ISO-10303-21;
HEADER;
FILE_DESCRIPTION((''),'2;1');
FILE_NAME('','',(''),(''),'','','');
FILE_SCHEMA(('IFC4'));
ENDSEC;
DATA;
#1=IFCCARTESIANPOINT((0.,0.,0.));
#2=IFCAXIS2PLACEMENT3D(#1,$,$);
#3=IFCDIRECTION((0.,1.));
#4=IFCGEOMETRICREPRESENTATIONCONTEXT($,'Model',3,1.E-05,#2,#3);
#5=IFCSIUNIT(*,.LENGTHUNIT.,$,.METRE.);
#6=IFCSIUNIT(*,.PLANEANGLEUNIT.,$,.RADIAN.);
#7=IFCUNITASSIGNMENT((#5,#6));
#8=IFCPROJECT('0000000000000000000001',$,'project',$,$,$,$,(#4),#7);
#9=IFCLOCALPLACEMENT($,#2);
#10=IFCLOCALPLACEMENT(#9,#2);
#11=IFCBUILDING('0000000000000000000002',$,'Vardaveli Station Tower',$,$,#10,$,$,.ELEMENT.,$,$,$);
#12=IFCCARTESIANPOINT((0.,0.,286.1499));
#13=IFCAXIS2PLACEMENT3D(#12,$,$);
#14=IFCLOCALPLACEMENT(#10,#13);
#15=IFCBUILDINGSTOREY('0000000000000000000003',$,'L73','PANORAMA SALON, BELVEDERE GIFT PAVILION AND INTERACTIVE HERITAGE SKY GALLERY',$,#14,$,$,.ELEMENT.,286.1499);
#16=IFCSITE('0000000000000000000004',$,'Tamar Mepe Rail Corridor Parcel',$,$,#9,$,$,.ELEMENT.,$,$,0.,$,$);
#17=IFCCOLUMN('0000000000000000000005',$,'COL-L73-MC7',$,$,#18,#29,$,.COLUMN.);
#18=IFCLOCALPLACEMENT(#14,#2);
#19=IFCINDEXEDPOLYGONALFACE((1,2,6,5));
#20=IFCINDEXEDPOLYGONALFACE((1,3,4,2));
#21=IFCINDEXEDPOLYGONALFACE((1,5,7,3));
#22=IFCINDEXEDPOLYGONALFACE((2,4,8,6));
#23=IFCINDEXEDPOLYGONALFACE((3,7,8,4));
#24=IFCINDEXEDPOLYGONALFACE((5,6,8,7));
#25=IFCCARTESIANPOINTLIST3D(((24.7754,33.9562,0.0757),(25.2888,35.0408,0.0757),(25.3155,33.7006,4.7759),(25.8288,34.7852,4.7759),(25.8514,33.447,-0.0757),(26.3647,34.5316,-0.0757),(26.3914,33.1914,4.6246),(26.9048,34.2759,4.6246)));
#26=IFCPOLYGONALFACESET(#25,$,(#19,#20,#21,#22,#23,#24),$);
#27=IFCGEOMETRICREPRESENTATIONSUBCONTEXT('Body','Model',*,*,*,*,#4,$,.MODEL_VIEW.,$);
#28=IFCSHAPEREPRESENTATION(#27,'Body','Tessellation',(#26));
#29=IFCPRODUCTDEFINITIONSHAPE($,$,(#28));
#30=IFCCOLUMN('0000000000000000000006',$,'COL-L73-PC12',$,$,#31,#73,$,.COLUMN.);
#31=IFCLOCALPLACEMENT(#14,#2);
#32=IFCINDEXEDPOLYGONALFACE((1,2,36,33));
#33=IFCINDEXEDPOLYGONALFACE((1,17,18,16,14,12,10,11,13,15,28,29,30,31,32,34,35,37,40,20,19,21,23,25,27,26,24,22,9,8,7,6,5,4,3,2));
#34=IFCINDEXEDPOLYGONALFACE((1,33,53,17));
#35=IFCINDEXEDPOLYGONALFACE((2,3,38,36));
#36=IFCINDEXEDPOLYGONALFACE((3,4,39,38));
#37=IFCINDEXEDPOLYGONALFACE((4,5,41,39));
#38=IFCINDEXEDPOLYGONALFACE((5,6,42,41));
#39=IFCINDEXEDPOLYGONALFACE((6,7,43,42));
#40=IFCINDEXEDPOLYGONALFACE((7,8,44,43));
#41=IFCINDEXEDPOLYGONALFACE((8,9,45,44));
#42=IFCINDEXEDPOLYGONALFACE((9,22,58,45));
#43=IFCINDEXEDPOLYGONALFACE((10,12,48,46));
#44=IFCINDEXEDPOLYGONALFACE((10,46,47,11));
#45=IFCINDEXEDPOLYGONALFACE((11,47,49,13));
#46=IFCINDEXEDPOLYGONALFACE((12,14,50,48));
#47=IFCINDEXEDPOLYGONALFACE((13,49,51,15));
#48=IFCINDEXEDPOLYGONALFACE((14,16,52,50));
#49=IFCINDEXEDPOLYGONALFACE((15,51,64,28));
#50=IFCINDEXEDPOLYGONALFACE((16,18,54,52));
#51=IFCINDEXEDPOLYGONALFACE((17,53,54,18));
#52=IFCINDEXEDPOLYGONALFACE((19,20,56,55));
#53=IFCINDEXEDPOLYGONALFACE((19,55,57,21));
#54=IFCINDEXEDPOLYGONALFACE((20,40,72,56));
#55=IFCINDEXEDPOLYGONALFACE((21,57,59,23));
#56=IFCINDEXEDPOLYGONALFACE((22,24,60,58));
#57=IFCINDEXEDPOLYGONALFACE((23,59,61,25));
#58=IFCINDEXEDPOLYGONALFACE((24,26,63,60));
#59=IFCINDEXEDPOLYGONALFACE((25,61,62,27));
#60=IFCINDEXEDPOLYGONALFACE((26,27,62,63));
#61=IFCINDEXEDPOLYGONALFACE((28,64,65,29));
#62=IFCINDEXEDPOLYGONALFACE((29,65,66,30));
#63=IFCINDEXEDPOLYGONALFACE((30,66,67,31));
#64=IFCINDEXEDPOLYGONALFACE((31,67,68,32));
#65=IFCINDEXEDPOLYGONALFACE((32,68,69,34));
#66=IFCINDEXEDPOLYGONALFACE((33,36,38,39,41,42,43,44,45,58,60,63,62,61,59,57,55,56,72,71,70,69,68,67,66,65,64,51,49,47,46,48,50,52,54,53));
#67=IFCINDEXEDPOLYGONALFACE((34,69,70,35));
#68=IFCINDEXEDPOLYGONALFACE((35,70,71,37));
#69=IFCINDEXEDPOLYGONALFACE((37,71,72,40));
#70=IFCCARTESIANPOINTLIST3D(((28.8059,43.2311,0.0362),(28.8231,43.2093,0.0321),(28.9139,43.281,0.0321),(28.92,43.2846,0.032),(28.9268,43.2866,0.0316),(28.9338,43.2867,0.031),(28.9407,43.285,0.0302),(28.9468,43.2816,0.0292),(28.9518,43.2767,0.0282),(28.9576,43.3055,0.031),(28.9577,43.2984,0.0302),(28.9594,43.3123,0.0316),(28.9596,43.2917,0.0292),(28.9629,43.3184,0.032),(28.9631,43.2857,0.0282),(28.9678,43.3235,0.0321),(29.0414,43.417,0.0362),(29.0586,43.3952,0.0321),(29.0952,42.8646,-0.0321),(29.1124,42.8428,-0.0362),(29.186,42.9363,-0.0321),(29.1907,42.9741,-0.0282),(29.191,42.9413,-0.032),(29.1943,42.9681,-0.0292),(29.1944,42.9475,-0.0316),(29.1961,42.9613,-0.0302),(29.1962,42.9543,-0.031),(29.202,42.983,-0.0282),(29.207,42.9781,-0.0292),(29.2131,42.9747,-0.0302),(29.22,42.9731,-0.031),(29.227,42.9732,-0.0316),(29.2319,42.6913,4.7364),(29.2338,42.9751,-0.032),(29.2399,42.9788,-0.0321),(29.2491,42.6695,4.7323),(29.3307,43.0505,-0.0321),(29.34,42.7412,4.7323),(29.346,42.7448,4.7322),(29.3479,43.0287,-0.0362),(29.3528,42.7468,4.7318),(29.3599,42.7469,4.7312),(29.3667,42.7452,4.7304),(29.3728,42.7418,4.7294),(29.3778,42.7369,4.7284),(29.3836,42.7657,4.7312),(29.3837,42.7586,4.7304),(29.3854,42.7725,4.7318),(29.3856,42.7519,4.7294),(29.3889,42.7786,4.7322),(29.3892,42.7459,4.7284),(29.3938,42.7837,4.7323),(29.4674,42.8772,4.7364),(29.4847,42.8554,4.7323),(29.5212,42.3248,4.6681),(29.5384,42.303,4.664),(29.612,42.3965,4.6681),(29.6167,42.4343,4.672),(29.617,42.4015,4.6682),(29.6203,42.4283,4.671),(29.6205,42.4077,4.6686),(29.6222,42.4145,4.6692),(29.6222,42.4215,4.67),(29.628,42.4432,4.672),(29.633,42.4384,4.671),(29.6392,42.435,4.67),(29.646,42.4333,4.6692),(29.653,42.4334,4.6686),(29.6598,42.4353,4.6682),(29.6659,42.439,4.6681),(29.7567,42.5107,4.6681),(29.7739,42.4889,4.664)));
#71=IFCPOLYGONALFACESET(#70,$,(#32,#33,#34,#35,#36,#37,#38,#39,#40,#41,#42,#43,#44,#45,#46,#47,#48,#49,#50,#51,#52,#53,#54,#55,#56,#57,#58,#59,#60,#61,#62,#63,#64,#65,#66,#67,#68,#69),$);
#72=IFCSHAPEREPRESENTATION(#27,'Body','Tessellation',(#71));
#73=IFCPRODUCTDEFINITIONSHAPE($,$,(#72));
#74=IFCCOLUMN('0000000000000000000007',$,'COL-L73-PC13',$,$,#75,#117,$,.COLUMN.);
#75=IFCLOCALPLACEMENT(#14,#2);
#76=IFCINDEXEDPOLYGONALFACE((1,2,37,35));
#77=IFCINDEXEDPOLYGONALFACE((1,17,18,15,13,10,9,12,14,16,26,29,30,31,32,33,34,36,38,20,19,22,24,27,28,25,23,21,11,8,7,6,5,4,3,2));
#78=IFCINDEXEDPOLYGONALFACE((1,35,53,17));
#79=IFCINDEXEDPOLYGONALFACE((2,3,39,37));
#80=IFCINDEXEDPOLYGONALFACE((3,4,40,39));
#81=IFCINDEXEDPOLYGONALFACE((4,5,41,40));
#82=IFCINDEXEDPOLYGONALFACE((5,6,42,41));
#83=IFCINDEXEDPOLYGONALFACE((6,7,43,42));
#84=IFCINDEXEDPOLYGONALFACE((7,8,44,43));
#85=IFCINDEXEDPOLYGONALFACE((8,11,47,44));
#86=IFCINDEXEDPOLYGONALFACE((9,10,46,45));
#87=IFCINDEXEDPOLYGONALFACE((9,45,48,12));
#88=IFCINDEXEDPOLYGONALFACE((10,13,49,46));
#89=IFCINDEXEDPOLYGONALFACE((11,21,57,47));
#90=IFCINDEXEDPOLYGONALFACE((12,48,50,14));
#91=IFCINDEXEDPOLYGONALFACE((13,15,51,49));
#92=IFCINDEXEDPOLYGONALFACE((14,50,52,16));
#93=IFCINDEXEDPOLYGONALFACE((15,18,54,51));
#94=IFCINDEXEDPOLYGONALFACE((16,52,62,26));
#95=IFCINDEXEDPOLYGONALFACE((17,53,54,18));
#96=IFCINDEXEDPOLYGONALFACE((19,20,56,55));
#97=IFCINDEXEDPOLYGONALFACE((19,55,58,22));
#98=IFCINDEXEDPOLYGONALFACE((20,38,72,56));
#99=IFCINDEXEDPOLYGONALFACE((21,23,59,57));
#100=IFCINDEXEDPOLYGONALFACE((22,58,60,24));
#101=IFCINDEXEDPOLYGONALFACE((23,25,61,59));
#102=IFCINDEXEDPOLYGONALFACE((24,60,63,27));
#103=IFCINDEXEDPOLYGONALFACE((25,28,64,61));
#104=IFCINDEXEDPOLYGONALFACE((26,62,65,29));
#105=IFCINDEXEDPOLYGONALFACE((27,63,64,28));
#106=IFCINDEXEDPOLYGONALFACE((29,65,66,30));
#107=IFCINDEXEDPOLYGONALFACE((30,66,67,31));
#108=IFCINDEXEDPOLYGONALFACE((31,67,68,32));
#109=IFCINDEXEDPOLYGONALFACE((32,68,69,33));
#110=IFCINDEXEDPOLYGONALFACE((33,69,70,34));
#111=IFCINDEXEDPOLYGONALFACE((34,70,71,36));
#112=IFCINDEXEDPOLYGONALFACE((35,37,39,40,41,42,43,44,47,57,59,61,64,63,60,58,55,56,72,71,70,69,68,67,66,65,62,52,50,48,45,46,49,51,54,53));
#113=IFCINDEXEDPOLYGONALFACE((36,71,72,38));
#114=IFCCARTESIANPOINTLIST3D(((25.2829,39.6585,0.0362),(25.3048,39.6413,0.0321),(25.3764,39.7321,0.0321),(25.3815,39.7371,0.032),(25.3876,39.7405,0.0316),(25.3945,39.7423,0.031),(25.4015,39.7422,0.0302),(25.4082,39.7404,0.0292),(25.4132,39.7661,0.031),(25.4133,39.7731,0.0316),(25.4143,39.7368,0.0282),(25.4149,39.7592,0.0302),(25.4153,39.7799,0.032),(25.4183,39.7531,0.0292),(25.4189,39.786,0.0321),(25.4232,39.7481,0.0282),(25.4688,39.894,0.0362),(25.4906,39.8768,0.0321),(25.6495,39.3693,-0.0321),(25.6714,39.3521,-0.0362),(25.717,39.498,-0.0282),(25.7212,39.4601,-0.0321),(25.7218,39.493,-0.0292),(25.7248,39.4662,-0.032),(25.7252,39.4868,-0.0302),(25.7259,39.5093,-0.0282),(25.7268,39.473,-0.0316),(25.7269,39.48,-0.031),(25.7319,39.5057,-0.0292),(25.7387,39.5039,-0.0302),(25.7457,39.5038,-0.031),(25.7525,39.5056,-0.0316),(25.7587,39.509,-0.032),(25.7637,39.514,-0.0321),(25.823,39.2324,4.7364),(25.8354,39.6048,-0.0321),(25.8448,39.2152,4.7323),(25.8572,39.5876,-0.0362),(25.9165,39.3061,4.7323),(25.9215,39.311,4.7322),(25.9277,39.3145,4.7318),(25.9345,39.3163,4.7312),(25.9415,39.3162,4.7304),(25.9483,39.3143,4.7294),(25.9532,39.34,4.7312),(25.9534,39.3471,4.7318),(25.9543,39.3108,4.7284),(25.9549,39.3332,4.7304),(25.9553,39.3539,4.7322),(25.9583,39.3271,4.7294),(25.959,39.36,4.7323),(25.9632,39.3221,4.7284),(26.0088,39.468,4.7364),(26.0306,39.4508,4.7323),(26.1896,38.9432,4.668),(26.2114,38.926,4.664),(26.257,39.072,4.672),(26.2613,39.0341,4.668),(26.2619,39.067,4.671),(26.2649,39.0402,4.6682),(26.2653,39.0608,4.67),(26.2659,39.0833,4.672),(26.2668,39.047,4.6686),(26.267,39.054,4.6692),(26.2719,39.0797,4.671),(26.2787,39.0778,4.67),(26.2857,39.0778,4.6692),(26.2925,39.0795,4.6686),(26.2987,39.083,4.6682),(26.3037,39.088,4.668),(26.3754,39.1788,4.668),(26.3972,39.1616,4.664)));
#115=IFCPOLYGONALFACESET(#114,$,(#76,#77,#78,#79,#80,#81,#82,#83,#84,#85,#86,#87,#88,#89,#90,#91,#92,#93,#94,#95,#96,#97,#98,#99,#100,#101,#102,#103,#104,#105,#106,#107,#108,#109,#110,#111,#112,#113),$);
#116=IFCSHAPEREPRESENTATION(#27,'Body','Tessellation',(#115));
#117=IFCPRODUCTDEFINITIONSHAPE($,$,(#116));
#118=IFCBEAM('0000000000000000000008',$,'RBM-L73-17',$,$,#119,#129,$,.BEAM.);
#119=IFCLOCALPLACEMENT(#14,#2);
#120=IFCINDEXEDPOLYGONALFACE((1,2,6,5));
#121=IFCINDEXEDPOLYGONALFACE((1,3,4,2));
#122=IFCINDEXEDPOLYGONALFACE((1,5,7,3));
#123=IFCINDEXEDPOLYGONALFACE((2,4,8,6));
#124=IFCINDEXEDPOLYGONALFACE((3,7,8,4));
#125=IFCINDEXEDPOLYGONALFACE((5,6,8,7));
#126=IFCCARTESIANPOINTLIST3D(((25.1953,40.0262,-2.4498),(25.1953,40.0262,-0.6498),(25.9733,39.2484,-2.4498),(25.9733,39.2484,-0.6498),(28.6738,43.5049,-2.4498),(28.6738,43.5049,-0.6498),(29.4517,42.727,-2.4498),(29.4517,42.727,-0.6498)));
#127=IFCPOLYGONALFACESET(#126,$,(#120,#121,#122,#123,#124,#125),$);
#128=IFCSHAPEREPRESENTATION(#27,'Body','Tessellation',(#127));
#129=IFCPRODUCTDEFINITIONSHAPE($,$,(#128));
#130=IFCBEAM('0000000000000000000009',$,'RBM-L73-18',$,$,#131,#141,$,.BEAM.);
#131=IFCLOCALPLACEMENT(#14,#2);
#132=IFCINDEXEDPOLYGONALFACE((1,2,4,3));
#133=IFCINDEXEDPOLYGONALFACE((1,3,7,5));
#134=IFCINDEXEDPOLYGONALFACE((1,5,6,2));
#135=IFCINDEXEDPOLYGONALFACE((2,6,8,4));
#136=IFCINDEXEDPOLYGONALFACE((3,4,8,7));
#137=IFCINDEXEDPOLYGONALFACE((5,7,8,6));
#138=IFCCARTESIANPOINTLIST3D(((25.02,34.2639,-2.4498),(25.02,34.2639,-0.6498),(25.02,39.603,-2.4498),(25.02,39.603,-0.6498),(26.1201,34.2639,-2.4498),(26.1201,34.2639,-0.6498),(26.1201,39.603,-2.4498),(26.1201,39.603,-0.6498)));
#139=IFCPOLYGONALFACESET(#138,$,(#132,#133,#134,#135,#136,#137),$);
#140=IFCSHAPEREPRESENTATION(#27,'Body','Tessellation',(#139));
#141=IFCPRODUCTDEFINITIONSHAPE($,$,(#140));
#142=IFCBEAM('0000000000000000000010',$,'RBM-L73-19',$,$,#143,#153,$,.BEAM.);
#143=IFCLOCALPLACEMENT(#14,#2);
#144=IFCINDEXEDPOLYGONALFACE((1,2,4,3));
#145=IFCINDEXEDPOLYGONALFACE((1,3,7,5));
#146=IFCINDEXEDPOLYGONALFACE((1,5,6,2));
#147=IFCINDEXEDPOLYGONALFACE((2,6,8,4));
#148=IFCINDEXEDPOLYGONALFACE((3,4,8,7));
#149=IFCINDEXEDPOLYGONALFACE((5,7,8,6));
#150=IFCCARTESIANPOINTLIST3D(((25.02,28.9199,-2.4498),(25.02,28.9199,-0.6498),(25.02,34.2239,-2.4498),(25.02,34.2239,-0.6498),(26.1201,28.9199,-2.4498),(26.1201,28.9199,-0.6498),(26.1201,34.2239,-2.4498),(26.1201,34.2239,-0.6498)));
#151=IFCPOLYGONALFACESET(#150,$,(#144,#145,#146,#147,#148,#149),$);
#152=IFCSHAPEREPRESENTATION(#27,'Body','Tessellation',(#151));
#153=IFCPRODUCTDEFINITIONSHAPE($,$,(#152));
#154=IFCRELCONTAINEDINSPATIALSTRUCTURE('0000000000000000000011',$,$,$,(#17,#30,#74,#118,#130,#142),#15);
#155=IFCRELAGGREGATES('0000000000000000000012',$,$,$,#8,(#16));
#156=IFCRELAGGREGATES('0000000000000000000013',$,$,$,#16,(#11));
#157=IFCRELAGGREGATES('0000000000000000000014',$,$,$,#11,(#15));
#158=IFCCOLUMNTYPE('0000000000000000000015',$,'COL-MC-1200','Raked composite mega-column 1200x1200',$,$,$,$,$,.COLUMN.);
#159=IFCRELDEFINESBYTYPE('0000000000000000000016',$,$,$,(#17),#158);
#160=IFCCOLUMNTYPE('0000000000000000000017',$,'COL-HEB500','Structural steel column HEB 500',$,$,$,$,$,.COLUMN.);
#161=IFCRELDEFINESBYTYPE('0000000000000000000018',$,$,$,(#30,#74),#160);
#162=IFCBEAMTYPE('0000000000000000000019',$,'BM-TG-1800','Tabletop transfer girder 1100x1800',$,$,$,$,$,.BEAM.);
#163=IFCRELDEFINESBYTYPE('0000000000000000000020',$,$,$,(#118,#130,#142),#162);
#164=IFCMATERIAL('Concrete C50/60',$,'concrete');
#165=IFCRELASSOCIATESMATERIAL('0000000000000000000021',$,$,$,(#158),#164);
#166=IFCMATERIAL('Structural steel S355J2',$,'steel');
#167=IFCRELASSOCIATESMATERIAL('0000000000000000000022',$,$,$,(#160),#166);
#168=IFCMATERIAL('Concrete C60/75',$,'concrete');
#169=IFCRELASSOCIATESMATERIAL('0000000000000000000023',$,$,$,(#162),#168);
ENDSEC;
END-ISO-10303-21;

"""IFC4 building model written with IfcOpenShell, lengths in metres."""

from ifc_helpers import new_model, si_unit, direction, frame, origin, origin_2d, place, context, subcontext, project, spatial, rectangle, i_section, extrude, source, transform, mapped, material, material_profile, profile_set, type_object, element, save


model = new_model("IFC4")

# Units and contexts
model_context = context("Model", 3, precision=1e-05, world=origin(), true_north=direction((0.0, 1.0)))
body_context = subcontext(model_context, "Body", "Model", "MODEL_VIEW")
ifc_project = project(units=[si_unit("LENGTHUNIT", "METRE"), si_unit("PLANEANGLEUNIT", "RADIAN")], contexts=[model_context])

# Site, building, storey
site_placement = place(None, origin())
site = spatial("IfcSite", under=ifc_project, at=site_placement, Name="Tamar Mepe Rail Corridor Parcel", CompositionType="ELEMENT", RefElevation=0.0)
building_placement = place(site_placement, origin())
building = spatial("IfcBuilding", under=site, at=building_placement, Name="Vardaveli Station Tower", CompositionType="ELEMENT")
storey_placement = place(building_placement, frame((0.0, 0.0, 286.1499)))
storey = spatial("IfcBuildingStorey", under=building, at=storey_placement, Name="L73", Description="PANORAMA SALON, BELVEDERE GIFT PAVILION AND INTERACTIVE HERITAGE SKY GALLERY", CompositionType="ELEMENT", Elevation=286.1499)

# Columns
ifc_material_1 = material(Name="Concrete C50/60", Category="concrete")
ifc_material_profile_1 = material_profile(ifc_material_1, rectangle(XDim=1.2, YDim=1.2, at=origin_2d()), Name="MC 1200x1200")
ifc_profile_set_1 = profile_set([ifc_material_profile_1], Name="Concrete C50/60")
column_type_1 = type_object("IfcColumnType", Name="COL-MC-1200", Description="Raked composite mega-column 1200x1200", PredefinedType="COLUMN", material=ifc_profile_set_1)
shared_shape_1 = source(origin(), body_context, "Body", "SweptSolid", [
    extrude(rectangle(XDim=1.2, YDim=1.2, at=origin_2d()), origin(), (0.0, 0.0, 1.0), 4.738),
])
column_placement = place(storey_placement, frame((25.5701, 34.2439, 0.0), z_axis=(0.11398, -0.05395, 0.992017), x_axis=(0.427823, 0.903863, 0.0)))
element("IfcColumn", 1, at=column_placement, inside=storey, type_object=column_type_1, Name="COL-L73-MC7", PredefinedType="COLUMN", context=body_context, shape_type="MappedRepresentation", body=[
    mapped(shared_shape_1, transform((0.0, 0.0, 0.0), scale=1.0)),
])
ifc_material_2 = material(Name="Structural steel S355J2", Category="steel")
ifc_material_profile_2 = material_profile(ifc_material_2, i_section(OverallWidth=0.3, OverallDepth=0.5, WebThickness=0.0144, FlangeThickness=0.0281, FilletRadius=0.0271, at=origin_2d()), Name="HEB 500")
ifc_profile_set_2 = profile_set([ifc_material_profile_2], Name="Structural steel S355J2")
column_type_2 = type_object("IfcColumnType", Name="COL-HEB500", Description="Structural steel column HEB 500", PredefinedType="COLUMN", material=ifc_profile_set_2)
shared_shape_2 = source(origin(), body_context, "Body", "SweptSolid", [
    extrude(i_section(OverallWidth=0.3, OverallDepth=0.5, WebThickness=0.0144, FlangeThickness=0.0281, FilletRadius=0.0271, at=origin_2d()), origin(), (0.0, 0.0, 1.0), 4.7502),
])
for number, where, z_axis, x_axis, name in (
    (2, (29.0769, 43.1299, 0.0), (0.089685, -0.113635, 0.989466), (0.784974, 0.619529, 0.0), "COL-L73-PC12"),
    (3, (25.5701, 39.623, 0.0), (0.113686, -0.089685, 0.989461), (0.619357, 0.78511, 0.0), "COL-L73-PC13"),
):
    element("IfcColumn", number, at=place(storey_placement, frame(where, z_axis=z_axis, x_axis=x_axis)), inside=storey, type_object=column_type_2, Name=name, PredefinedType="COLUMN", context=body_context, shape_type="MappedRepresentation", body=[
        mapped(shared_shape_2, transform((0.0, 0.0, 0.0), scale=1.0)),
    ])

# Beams
ifc_material_3 = material(Name="Concrete C60/75", Category="concrete")
ifc_material_profile_3 = material_profile(ifc_material_3, rectangle(XDim=1.1001, YDim=1.8, at=origin_2d()), Name="TG 1100x1800")
ifc_profile_set_3 = profile_set([ifc_material_profile_3], Name="Concrete C60/75")
beam_type_1 = type_object("IfcBeamType", Name="BM-TG-1800", Description="Tabletop transfer girder 1100x1800", PredefinedType="BEAM", material=ifc_profile_set_3)
shared_shape_3 = source(origin(), body_context, "Body", "SweptSolid", [
    extrude(rectangle(XDim=1.1001, YDim=1.8, at=origin_2d()), origin(), (0.0, 0.0, 1.0), 4.9194),
])
beam_1_placement = place(storey_placement, frame((29.0627, 43.116, -1.5498), z_axis=(-0.707082, -0.707132, 0.0), x_axis=(0.707132, -0.707082, 0.0)))
element("IfcBeam", 4, at=beam_1_placement, inside=storey, type_object=beam_type_1, Name="RBM-L73-17", PredefinedType="BEAM", context=body_context, shape_type="MappedRepresentation", body=[
    mapped(shared_shape_3, transform((0.0, 0.0, 0.0), scale=1.0)),
])
shared_shape_4 = source(origin(), body_context, "Body", "SweptSolid", [
    extrude(rectangle(XDim=1.1001, YDim=1.8, at=origin_2d()), origin(), (0.0, 0.0, 1.0), 5.3391),
])
beam_2_placement = place(storey_placement, frame((25.5701, 39.603, -1.5498), z_axis=(0.0, -1.0, 0.0), x_axis=(1.0, 0.0, 0.0)))
element("IfcBeam", 5, at=beam_2_placement, inside=storey, type_object=beam_type_1, Name="RBM-L73-18", PredefinedType="BEAM", context=body_context, shape_type="MappedRepresentation", body=[
    mapped(shared_shape_4, transform((0.0, 0.0, 0.0), scale=1.0)),
])
shared_shape_5 = source(origin(), body_context, "Body", "SweptSolid", [
    extrude(rectangle(XDim=1.1001, YDim=1.8, at=origin_2d()), origin(), (0.0, 0.0, 1.0), 5.304),
])
beam_3_placement = place(storey_placement, frame((25.5701, 34.2239, -1.5498), z_axis=(0.0, -1.0, 0.0), x_axis=(1.0, 0.0, 0.0)))
element("IfcBeam", 6, at=beam_3_placement, inside=storey, type_object=beam_type_1, Name="RBM-L73-19", PredefinedType="BEAM", context=body_context, shape_type="MappedRepresentation", body=[
    mapped(shared_shape_5, transform((0.0, 0.0, 0.0), scale=1.0)),
])

save(model, "model.ifc")
